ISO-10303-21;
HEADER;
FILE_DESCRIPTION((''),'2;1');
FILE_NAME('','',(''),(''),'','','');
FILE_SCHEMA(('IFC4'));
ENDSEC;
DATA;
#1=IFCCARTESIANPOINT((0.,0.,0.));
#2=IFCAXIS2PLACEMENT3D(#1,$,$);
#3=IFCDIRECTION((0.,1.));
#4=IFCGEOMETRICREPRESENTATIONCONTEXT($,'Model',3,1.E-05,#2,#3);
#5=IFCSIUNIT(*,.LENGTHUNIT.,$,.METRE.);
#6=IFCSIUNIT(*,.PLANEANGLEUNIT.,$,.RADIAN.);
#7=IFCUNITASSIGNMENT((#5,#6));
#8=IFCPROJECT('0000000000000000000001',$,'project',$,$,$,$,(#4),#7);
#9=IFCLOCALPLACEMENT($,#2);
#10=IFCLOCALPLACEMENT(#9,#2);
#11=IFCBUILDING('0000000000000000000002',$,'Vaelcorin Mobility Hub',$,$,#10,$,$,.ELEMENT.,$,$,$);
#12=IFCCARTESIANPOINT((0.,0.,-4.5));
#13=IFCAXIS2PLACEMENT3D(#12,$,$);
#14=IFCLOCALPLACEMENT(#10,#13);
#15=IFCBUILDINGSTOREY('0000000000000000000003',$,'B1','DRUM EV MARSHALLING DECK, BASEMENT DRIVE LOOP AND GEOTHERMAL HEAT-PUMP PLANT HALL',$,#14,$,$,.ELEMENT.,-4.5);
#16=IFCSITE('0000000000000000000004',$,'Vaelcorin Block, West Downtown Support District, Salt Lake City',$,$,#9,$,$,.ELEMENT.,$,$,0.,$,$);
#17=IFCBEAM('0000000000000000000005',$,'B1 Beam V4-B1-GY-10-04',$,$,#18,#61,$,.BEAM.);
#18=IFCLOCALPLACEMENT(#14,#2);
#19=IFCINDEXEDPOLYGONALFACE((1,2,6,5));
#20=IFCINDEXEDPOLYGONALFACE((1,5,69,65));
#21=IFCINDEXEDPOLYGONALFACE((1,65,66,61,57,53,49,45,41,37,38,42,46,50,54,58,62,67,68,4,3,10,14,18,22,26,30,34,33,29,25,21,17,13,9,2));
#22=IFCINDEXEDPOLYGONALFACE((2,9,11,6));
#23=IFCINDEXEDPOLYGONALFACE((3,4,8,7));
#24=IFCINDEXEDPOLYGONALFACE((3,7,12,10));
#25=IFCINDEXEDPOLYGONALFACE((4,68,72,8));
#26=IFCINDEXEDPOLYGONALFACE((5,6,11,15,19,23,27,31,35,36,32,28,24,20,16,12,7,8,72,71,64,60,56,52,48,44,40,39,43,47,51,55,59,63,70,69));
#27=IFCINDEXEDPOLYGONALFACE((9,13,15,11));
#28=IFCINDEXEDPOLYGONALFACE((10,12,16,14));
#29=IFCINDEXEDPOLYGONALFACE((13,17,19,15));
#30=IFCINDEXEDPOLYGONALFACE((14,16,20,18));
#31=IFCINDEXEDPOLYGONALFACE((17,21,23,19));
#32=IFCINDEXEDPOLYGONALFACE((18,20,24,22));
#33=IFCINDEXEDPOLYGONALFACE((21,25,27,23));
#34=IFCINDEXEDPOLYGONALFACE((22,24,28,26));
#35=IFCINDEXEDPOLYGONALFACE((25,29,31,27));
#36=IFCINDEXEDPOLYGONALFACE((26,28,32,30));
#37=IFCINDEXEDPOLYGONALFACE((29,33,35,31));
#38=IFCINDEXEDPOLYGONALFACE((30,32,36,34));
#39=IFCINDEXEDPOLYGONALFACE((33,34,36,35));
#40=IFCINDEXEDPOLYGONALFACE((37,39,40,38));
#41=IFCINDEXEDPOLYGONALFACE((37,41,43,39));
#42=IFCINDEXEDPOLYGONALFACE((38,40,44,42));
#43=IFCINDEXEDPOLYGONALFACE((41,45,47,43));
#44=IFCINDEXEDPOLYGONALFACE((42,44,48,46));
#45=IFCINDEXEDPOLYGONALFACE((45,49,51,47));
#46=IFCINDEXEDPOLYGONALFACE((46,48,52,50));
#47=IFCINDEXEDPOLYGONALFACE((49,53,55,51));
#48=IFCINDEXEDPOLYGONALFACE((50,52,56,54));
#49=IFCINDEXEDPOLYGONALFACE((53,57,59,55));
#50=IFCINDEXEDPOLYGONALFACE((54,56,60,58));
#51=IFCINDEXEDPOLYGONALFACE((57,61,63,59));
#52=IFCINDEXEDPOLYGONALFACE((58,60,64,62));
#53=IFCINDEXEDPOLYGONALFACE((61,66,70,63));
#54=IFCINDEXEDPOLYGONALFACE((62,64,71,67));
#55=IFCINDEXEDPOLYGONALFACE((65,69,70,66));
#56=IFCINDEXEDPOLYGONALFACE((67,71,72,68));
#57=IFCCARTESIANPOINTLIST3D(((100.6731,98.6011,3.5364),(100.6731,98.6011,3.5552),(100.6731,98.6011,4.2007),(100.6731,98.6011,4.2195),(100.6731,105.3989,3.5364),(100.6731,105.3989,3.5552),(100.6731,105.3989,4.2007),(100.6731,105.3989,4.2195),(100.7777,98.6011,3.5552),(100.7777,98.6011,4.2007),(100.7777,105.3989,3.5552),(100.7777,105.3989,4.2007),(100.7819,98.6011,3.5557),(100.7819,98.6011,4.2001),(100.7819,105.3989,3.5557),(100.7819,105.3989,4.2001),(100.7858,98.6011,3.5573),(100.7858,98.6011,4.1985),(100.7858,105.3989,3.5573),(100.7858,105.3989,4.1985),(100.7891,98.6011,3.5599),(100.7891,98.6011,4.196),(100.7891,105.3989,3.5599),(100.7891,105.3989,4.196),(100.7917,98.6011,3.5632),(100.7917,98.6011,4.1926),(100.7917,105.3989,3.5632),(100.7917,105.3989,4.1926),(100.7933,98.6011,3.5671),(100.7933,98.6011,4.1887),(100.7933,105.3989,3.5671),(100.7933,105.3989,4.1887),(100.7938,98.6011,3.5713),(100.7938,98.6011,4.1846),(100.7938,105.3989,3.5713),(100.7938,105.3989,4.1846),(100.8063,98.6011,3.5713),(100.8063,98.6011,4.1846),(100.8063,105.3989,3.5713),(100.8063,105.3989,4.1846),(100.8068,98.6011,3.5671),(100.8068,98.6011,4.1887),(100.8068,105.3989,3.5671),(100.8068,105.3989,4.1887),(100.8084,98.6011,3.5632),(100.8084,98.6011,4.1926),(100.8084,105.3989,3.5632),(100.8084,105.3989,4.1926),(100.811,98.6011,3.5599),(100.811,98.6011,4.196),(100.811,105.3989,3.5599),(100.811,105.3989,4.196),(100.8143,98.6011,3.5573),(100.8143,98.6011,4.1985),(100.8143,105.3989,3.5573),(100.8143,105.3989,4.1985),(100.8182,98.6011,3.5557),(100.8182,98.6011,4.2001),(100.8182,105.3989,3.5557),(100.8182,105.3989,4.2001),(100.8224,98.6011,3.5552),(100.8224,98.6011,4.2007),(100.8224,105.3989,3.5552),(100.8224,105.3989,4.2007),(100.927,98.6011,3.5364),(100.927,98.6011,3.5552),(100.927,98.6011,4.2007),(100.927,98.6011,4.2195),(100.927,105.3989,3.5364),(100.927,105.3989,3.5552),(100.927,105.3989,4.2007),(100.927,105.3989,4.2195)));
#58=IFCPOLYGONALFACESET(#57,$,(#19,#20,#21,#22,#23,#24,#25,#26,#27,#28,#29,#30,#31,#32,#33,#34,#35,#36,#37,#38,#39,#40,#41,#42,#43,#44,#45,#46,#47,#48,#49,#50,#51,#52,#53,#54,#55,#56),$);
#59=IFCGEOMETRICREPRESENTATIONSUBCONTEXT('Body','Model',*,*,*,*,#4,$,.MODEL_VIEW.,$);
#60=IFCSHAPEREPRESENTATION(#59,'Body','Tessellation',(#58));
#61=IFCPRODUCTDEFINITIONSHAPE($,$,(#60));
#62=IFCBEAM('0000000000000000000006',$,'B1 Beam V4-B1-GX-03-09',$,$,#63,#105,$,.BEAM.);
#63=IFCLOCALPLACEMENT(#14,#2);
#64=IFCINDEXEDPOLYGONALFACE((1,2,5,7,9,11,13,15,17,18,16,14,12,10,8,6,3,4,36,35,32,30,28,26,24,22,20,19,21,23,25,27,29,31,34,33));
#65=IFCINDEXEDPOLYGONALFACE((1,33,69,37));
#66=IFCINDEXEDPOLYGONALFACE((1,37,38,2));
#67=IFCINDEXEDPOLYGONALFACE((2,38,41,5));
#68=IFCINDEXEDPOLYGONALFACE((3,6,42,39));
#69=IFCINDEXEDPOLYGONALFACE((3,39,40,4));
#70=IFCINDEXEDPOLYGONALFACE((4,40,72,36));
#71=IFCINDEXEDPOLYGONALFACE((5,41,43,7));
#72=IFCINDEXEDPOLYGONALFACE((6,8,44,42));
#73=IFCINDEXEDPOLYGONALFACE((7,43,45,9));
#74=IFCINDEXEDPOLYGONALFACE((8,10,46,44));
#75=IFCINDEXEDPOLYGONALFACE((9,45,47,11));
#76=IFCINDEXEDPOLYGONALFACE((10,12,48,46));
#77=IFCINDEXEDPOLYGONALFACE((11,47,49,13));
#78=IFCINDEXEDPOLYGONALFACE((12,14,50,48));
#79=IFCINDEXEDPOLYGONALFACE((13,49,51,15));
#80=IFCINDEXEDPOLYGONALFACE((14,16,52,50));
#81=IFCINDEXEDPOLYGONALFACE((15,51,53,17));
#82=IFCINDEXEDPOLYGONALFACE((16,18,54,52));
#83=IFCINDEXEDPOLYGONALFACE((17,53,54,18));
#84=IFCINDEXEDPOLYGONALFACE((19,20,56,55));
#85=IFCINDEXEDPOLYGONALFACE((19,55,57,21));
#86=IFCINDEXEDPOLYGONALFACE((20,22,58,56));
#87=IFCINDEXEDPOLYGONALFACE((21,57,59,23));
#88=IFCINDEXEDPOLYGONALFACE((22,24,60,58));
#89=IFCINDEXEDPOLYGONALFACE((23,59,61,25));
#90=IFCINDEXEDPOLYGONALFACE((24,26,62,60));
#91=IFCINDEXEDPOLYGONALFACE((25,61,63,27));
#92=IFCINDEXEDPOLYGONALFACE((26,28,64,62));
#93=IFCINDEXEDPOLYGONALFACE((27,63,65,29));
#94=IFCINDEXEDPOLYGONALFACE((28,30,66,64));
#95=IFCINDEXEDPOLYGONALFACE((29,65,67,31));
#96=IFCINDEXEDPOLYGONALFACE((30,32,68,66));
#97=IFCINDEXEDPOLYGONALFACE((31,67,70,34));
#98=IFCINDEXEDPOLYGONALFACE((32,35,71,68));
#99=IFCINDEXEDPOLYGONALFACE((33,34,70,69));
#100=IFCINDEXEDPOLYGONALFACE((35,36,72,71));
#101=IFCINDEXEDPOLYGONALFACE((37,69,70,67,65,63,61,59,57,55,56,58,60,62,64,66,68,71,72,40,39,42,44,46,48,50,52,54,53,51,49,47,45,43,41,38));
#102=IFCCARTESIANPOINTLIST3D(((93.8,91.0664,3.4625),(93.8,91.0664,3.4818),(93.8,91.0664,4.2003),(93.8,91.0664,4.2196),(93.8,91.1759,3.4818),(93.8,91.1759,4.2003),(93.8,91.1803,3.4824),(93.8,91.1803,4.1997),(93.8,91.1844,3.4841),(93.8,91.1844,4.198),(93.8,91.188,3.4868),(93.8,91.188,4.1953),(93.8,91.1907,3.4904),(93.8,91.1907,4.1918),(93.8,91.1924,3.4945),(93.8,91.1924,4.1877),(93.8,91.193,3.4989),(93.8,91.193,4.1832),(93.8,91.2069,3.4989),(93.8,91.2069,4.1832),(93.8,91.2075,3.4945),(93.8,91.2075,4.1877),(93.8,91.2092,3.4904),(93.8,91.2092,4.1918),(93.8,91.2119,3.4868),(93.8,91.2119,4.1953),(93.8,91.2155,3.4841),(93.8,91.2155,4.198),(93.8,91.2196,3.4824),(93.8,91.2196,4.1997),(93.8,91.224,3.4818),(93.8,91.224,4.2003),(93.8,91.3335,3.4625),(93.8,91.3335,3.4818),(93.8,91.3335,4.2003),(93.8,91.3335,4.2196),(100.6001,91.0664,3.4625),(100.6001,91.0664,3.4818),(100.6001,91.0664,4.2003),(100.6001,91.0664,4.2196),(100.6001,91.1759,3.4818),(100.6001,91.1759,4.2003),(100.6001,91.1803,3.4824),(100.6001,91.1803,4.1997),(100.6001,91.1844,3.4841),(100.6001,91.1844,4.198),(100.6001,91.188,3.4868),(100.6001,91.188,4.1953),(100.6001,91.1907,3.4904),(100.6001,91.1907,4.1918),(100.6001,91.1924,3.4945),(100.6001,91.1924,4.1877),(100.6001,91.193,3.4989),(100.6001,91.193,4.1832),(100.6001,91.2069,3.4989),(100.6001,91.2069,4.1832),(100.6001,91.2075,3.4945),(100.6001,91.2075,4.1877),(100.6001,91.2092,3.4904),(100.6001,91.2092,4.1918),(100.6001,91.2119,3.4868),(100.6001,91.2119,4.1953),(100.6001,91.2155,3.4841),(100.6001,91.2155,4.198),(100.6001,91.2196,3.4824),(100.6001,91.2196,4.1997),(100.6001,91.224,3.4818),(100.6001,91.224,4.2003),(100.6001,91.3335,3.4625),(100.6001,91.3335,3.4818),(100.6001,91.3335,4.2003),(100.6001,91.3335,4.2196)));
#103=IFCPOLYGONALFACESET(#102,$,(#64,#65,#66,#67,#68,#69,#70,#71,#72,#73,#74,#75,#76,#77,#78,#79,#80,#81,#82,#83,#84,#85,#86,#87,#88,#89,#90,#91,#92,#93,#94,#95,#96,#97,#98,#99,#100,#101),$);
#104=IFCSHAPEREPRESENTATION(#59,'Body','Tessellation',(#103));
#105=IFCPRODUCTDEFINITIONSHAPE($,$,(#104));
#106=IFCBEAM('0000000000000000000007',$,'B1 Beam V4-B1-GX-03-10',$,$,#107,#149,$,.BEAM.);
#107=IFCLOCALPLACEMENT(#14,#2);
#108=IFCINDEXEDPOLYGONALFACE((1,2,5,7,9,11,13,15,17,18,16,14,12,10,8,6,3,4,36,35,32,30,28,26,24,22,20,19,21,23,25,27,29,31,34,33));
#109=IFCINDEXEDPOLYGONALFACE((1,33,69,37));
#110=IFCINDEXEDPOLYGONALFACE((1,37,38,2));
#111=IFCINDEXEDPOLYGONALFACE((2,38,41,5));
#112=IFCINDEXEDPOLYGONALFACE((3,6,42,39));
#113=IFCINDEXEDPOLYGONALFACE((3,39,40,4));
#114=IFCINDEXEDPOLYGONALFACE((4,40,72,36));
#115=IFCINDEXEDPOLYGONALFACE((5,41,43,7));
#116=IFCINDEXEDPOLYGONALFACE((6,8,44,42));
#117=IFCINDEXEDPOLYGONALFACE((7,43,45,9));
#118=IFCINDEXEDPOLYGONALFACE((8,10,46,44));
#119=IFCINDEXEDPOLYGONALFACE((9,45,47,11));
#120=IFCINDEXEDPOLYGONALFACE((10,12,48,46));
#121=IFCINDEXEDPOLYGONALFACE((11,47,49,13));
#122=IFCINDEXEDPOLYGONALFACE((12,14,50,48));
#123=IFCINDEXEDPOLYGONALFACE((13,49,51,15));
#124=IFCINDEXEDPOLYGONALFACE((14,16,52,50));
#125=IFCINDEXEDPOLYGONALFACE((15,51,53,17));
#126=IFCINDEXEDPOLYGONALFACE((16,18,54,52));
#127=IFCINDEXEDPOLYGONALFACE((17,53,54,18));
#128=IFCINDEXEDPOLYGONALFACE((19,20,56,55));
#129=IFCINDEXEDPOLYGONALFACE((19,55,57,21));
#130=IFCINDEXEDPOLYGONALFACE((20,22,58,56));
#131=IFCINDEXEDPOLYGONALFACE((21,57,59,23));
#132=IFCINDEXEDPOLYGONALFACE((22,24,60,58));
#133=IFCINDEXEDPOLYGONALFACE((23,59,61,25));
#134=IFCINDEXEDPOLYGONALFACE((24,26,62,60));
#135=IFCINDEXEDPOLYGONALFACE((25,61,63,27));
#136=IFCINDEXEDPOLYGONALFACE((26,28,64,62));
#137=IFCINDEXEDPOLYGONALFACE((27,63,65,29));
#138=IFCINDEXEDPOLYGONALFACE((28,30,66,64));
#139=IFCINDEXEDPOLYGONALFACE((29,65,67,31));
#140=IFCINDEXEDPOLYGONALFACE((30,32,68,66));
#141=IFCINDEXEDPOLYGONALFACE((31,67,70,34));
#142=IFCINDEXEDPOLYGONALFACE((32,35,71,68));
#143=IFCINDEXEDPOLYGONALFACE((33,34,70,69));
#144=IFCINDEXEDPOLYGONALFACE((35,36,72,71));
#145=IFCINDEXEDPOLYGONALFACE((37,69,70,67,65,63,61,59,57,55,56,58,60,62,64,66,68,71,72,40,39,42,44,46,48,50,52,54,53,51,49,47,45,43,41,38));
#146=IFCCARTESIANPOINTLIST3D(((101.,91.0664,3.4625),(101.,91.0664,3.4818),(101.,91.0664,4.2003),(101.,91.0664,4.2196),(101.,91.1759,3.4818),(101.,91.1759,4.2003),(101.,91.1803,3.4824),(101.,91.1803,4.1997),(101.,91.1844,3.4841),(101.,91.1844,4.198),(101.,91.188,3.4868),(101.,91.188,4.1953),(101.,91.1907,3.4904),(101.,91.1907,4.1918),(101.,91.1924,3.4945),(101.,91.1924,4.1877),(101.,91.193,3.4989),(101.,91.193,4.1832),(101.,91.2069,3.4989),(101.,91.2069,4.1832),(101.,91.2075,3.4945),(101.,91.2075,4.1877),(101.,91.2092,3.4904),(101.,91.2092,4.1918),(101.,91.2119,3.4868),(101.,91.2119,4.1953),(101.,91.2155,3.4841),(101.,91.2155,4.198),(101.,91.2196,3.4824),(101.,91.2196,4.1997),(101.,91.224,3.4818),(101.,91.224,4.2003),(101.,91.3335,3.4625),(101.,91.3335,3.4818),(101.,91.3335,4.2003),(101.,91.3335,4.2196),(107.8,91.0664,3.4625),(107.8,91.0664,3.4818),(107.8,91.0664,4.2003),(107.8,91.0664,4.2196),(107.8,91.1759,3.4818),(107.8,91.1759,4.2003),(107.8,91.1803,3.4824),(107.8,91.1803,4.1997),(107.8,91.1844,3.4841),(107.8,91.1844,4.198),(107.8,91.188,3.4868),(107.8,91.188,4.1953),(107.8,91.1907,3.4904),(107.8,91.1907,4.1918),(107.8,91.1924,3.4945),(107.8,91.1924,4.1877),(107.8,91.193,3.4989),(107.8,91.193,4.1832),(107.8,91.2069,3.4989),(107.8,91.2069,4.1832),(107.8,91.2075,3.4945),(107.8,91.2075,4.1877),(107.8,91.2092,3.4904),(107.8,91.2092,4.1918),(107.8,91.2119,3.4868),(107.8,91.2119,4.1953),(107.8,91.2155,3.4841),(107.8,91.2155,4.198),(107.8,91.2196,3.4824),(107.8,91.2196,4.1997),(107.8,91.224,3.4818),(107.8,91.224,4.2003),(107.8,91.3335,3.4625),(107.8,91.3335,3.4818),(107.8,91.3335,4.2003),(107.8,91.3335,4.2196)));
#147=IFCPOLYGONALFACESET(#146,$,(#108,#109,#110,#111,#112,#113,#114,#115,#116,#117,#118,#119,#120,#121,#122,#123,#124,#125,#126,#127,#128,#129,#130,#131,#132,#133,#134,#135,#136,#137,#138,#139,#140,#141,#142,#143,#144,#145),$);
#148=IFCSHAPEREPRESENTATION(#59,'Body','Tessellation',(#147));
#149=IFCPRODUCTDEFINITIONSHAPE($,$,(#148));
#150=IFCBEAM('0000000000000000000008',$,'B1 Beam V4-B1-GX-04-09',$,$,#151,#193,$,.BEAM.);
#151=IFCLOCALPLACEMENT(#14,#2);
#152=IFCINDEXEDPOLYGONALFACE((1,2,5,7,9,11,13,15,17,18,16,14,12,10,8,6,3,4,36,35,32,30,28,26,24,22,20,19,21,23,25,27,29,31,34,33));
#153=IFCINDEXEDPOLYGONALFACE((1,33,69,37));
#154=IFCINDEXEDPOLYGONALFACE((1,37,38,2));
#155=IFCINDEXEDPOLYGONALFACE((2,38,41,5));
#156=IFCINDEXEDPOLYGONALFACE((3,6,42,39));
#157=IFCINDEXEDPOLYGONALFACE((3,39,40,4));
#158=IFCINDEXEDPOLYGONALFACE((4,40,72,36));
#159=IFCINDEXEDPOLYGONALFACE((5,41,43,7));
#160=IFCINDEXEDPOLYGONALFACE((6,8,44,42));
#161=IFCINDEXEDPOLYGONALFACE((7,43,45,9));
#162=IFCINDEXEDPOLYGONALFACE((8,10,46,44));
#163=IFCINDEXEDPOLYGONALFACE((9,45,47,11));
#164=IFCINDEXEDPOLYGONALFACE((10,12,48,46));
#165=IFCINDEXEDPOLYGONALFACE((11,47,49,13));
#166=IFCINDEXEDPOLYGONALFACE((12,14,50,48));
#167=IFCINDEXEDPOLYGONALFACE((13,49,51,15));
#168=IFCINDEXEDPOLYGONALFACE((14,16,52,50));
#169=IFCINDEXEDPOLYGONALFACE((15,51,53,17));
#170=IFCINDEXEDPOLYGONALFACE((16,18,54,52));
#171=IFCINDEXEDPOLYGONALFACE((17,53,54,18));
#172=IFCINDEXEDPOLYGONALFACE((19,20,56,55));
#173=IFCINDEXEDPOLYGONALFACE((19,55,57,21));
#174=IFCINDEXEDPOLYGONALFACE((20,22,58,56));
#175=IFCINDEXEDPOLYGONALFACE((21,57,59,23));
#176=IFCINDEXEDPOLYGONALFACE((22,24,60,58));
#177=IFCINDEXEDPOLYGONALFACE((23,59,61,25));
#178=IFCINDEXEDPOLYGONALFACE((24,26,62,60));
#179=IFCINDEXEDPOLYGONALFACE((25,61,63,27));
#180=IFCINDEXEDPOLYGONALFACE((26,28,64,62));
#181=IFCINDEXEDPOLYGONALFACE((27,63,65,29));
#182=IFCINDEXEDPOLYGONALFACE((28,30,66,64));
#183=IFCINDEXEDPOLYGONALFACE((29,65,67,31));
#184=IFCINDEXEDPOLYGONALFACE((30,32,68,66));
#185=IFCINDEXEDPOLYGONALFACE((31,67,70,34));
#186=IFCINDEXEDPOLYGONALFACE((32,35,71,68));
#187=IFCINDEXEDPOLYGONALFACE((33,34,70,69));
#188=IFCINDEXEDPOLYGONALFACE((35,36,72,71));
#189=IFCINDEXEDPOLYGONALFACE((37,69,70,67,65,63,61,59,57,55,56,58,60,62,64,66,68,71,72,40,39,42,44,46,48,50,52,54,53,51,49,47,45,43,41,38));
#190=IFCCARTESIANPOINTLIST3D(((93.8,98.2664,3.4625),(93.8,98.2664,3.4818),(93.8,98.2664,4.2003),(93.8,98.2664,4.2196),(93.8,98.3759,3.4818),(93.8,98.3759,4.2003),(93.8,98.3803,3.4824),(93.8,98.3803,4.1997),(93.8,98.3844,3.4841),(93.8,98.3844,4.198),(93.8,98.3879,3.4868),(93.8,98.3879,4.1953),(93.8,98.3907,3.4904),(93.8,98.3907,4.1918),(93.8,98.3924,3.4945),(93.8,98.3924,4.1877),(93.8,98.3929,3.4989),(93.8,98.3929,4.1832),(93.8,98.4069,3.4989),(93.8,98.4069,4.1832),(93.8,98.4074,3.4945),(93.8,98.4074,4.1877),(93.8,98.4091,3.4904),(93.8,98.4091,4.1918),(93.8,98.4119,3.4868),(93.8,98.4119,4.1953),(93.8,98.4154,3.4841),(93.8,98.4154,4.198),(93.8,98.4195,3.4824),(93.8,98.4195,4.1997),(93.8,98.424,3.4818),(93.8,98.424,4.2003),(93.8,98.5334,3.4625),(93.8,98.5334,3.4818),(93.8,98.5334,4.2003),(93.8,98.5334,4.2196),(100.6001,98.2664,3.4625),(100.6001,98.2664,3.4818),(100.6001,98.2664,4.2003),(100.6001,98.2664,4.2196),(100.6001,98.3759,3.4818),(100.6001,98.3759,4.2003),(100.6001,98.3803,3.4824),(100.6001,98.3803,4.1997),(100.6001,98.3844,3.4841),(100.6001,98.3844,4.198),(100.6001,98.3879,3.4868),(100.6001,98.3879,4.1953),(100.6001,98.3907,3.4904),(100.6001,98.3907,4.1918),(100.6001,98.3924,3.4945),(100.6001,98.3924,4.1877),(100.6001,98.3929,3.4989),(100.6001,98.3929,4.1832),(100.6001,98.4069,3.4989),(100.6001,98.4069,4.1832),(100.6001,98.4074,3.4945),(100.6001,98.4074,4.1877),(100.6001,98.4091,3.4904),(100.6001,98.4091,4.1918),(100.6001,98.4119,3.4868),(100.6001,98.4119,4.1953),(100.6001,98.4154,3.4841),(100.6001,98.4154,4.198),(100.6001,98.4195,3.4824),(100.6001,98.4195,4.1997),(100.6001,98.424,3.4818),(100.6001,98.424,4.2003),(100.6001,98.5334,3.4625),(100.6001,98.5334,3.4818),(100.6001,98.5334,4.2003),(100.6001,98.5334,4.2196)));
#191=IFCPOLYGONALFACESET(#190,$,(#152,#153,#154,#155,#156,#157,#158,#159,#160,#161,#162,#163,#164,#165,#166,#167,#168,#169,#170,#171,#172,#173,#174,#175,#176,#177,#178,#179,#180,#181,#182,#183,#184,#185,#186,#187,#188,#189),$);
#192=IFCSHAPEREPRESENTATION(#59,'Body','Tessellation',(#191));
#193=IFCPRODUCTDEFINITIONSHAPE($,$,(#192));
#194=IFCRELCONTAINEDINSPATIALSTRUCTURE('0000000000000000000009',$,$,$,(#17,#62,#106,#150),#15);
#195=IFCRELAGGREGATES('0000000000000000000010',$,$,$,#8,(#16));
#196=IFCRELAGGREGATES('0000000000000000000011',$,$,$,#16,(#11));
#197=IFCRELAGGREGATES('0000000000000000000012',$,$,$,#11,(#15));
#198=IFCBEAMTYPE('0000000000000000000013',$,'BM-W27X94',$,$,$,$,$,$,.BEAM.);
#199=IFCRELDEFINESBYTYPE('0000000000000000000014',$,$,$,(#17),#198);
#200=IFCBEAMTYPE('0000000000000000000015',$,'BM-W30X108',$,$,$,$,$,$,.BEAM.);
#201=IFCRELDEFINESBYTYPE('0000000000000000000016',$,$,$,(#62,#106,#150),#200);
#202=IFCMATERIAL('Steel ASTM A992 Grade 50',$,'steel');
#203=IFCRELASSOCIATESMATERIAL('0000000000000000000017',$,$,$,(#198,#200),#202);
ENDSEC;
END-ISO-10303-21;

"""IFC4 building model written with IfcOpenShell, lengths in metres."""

from ifc_helpers import new_model, si_unit, direction, frame, origin, origin_2d, place, context, subcontext, project, spatial, i_section, extrude, material, material_profile, profile_set, type_object, element, save


model = new_model("IFC4")

# Units and contexts
model_context = context("Model", 3, precision=1e-05, world=origin(), true_north=direction((0.0, 1.0)))
body_context = subcontext(model_context, "Body", "Model", "MODEL_VIEW")
ifc_project = project(units=[si_unit("LENGTHUNIT", "METRE"), si_unit("PLANEANGLEUNIT", "RADIAN")], contexts=[model_context])

# Site, building, storey
site_placement = place(None, origin())
site = spatial("IfcSite", under=ifc_project, at=site_placement, Name="Vaelcorin Block, West Downtown Support District, Salt Lake City", CompositionType="ELEMENT", RefElevation=0.0)
building_placement = place(site_placement, origin())
building = spatial("IfcBuilding", under=site, at=building_placement, Name="Vaelcorin Mobility Hub", CompositionType="ELEMENT")
storey_placement = place(building_placement, frame((0.0, 0.0, -4.5)))
storey = spatial("IfcBuildingStorey", under=building, at=storey_placement, Name="B1", Description="DRUM EV MARSHALLING DECK, BASEMENT DRIVE LOOP AND GEOTHERMAL HEAT-PUMP PLANT HALL", CompositionType="ELEMENT", Elevation=-4.5)

# Shared definitions
ifc_material_1 = material(Name="Steel ASTM A992 Grade 50", Category="steel")

# Beams
ifc_material_profile_1 = material_profile(ifc_material_1, i_section(OverallWidth=0.2539, OverallDepth=0.6831, WebThickness=0.0125, FlangeThickness=0.0188, FilletRadius=0.0161, at=origin_2d()), Name="W27X94")
ifc_profile_set_1 = profile_set([ifc_material_profile_1], Name="Steel ASTM A992 Grade 50")
beam_type_1 = type_object("IfcBeamType", Name="BM-W27X94", PredefinedType="BEAM", material=ifc_profile_set_1)
beam_1_placement = place(storey_placement, frame((100.8, 98.6011, 3.8779), z_axis=(0.0, 1.0, 0.0), x_axis=(-1.0, 0.0, 0.0)))
element("IfcBeam", 1, at=beam_1_placement, inside=storey, type_object=beam_type_1, Name="B1 Beam V4-B1-GY-10-04", PredefinedType="BEAM", context=body_context, shape_type="SweptSolid", body=[
    extrude(i_section(OverallWidth=0.2539, OverallDepth=0.6831, WebThickness=0.0125, FlangeThickness=0.0188, FilletRadius=0.0161, at=origin_2d()), origin(), (0.0, 0.0, 1.0), 6.7979),
])
ifc_material_profile_2 = material_profile(ifc_material_1, i_section(OverallWidth=0.2671, OverallDepth=0.7571, WebThickness=0.0139, FlangeThickness=0.0193, FilletRadius=0.0171, at=origin_2d()), Name="W30X108")
ifc_profile_set_2 = profile_set([ifc_material_profile_2], Name="Steel ASTM A992 Grade 50")
beam_type_2 = type_object("IfcBeamType", Name="BM-W30X108", PredefinedType="BEAM", material=ifc_profile_set_2)
for number, where, z_axis, x_axis, name in (
    (2, (93.8, 91.2, 3.8411), (1.0, 0.0, 0.0), (0.0, 1.0, 0.0), "B1 Beam V4-B1-GX-03-09"),
    (3, (101.0, 91.2, 3.8411), (1.0, 0.0, 0.0), (0.0, 1.0, 0.0), "B1 Beam V4-B1-GX-03-10"),
    (4, (93.8, 98.3999, 3.8411), (1.0, 0.0, 0.0), (0.0, 1.0, 0.0), "B1 Beam V4-B1-GX-04-09"),
):
    element("IfcBeam", number, at=place(storey_placement, frame(where, z_axis=z_axis, x_axis=x_axis)), inside=storey, type_object=beam_type_2, Name=name, PredefinedType="BEAM", context=body_context, shape_type="SweptSolid", body=[
        extrude(i_section(OverallWidth=0.2671, OverallDepth=0.7571, WebThickness=0.0139, FlangeThickness=0.0193, FilletRadius=0.0171, at=origin_2d()), origin(), (0.0, 0.0, 1.0), 6.8),
    ])

save(model, "model.ifc")
